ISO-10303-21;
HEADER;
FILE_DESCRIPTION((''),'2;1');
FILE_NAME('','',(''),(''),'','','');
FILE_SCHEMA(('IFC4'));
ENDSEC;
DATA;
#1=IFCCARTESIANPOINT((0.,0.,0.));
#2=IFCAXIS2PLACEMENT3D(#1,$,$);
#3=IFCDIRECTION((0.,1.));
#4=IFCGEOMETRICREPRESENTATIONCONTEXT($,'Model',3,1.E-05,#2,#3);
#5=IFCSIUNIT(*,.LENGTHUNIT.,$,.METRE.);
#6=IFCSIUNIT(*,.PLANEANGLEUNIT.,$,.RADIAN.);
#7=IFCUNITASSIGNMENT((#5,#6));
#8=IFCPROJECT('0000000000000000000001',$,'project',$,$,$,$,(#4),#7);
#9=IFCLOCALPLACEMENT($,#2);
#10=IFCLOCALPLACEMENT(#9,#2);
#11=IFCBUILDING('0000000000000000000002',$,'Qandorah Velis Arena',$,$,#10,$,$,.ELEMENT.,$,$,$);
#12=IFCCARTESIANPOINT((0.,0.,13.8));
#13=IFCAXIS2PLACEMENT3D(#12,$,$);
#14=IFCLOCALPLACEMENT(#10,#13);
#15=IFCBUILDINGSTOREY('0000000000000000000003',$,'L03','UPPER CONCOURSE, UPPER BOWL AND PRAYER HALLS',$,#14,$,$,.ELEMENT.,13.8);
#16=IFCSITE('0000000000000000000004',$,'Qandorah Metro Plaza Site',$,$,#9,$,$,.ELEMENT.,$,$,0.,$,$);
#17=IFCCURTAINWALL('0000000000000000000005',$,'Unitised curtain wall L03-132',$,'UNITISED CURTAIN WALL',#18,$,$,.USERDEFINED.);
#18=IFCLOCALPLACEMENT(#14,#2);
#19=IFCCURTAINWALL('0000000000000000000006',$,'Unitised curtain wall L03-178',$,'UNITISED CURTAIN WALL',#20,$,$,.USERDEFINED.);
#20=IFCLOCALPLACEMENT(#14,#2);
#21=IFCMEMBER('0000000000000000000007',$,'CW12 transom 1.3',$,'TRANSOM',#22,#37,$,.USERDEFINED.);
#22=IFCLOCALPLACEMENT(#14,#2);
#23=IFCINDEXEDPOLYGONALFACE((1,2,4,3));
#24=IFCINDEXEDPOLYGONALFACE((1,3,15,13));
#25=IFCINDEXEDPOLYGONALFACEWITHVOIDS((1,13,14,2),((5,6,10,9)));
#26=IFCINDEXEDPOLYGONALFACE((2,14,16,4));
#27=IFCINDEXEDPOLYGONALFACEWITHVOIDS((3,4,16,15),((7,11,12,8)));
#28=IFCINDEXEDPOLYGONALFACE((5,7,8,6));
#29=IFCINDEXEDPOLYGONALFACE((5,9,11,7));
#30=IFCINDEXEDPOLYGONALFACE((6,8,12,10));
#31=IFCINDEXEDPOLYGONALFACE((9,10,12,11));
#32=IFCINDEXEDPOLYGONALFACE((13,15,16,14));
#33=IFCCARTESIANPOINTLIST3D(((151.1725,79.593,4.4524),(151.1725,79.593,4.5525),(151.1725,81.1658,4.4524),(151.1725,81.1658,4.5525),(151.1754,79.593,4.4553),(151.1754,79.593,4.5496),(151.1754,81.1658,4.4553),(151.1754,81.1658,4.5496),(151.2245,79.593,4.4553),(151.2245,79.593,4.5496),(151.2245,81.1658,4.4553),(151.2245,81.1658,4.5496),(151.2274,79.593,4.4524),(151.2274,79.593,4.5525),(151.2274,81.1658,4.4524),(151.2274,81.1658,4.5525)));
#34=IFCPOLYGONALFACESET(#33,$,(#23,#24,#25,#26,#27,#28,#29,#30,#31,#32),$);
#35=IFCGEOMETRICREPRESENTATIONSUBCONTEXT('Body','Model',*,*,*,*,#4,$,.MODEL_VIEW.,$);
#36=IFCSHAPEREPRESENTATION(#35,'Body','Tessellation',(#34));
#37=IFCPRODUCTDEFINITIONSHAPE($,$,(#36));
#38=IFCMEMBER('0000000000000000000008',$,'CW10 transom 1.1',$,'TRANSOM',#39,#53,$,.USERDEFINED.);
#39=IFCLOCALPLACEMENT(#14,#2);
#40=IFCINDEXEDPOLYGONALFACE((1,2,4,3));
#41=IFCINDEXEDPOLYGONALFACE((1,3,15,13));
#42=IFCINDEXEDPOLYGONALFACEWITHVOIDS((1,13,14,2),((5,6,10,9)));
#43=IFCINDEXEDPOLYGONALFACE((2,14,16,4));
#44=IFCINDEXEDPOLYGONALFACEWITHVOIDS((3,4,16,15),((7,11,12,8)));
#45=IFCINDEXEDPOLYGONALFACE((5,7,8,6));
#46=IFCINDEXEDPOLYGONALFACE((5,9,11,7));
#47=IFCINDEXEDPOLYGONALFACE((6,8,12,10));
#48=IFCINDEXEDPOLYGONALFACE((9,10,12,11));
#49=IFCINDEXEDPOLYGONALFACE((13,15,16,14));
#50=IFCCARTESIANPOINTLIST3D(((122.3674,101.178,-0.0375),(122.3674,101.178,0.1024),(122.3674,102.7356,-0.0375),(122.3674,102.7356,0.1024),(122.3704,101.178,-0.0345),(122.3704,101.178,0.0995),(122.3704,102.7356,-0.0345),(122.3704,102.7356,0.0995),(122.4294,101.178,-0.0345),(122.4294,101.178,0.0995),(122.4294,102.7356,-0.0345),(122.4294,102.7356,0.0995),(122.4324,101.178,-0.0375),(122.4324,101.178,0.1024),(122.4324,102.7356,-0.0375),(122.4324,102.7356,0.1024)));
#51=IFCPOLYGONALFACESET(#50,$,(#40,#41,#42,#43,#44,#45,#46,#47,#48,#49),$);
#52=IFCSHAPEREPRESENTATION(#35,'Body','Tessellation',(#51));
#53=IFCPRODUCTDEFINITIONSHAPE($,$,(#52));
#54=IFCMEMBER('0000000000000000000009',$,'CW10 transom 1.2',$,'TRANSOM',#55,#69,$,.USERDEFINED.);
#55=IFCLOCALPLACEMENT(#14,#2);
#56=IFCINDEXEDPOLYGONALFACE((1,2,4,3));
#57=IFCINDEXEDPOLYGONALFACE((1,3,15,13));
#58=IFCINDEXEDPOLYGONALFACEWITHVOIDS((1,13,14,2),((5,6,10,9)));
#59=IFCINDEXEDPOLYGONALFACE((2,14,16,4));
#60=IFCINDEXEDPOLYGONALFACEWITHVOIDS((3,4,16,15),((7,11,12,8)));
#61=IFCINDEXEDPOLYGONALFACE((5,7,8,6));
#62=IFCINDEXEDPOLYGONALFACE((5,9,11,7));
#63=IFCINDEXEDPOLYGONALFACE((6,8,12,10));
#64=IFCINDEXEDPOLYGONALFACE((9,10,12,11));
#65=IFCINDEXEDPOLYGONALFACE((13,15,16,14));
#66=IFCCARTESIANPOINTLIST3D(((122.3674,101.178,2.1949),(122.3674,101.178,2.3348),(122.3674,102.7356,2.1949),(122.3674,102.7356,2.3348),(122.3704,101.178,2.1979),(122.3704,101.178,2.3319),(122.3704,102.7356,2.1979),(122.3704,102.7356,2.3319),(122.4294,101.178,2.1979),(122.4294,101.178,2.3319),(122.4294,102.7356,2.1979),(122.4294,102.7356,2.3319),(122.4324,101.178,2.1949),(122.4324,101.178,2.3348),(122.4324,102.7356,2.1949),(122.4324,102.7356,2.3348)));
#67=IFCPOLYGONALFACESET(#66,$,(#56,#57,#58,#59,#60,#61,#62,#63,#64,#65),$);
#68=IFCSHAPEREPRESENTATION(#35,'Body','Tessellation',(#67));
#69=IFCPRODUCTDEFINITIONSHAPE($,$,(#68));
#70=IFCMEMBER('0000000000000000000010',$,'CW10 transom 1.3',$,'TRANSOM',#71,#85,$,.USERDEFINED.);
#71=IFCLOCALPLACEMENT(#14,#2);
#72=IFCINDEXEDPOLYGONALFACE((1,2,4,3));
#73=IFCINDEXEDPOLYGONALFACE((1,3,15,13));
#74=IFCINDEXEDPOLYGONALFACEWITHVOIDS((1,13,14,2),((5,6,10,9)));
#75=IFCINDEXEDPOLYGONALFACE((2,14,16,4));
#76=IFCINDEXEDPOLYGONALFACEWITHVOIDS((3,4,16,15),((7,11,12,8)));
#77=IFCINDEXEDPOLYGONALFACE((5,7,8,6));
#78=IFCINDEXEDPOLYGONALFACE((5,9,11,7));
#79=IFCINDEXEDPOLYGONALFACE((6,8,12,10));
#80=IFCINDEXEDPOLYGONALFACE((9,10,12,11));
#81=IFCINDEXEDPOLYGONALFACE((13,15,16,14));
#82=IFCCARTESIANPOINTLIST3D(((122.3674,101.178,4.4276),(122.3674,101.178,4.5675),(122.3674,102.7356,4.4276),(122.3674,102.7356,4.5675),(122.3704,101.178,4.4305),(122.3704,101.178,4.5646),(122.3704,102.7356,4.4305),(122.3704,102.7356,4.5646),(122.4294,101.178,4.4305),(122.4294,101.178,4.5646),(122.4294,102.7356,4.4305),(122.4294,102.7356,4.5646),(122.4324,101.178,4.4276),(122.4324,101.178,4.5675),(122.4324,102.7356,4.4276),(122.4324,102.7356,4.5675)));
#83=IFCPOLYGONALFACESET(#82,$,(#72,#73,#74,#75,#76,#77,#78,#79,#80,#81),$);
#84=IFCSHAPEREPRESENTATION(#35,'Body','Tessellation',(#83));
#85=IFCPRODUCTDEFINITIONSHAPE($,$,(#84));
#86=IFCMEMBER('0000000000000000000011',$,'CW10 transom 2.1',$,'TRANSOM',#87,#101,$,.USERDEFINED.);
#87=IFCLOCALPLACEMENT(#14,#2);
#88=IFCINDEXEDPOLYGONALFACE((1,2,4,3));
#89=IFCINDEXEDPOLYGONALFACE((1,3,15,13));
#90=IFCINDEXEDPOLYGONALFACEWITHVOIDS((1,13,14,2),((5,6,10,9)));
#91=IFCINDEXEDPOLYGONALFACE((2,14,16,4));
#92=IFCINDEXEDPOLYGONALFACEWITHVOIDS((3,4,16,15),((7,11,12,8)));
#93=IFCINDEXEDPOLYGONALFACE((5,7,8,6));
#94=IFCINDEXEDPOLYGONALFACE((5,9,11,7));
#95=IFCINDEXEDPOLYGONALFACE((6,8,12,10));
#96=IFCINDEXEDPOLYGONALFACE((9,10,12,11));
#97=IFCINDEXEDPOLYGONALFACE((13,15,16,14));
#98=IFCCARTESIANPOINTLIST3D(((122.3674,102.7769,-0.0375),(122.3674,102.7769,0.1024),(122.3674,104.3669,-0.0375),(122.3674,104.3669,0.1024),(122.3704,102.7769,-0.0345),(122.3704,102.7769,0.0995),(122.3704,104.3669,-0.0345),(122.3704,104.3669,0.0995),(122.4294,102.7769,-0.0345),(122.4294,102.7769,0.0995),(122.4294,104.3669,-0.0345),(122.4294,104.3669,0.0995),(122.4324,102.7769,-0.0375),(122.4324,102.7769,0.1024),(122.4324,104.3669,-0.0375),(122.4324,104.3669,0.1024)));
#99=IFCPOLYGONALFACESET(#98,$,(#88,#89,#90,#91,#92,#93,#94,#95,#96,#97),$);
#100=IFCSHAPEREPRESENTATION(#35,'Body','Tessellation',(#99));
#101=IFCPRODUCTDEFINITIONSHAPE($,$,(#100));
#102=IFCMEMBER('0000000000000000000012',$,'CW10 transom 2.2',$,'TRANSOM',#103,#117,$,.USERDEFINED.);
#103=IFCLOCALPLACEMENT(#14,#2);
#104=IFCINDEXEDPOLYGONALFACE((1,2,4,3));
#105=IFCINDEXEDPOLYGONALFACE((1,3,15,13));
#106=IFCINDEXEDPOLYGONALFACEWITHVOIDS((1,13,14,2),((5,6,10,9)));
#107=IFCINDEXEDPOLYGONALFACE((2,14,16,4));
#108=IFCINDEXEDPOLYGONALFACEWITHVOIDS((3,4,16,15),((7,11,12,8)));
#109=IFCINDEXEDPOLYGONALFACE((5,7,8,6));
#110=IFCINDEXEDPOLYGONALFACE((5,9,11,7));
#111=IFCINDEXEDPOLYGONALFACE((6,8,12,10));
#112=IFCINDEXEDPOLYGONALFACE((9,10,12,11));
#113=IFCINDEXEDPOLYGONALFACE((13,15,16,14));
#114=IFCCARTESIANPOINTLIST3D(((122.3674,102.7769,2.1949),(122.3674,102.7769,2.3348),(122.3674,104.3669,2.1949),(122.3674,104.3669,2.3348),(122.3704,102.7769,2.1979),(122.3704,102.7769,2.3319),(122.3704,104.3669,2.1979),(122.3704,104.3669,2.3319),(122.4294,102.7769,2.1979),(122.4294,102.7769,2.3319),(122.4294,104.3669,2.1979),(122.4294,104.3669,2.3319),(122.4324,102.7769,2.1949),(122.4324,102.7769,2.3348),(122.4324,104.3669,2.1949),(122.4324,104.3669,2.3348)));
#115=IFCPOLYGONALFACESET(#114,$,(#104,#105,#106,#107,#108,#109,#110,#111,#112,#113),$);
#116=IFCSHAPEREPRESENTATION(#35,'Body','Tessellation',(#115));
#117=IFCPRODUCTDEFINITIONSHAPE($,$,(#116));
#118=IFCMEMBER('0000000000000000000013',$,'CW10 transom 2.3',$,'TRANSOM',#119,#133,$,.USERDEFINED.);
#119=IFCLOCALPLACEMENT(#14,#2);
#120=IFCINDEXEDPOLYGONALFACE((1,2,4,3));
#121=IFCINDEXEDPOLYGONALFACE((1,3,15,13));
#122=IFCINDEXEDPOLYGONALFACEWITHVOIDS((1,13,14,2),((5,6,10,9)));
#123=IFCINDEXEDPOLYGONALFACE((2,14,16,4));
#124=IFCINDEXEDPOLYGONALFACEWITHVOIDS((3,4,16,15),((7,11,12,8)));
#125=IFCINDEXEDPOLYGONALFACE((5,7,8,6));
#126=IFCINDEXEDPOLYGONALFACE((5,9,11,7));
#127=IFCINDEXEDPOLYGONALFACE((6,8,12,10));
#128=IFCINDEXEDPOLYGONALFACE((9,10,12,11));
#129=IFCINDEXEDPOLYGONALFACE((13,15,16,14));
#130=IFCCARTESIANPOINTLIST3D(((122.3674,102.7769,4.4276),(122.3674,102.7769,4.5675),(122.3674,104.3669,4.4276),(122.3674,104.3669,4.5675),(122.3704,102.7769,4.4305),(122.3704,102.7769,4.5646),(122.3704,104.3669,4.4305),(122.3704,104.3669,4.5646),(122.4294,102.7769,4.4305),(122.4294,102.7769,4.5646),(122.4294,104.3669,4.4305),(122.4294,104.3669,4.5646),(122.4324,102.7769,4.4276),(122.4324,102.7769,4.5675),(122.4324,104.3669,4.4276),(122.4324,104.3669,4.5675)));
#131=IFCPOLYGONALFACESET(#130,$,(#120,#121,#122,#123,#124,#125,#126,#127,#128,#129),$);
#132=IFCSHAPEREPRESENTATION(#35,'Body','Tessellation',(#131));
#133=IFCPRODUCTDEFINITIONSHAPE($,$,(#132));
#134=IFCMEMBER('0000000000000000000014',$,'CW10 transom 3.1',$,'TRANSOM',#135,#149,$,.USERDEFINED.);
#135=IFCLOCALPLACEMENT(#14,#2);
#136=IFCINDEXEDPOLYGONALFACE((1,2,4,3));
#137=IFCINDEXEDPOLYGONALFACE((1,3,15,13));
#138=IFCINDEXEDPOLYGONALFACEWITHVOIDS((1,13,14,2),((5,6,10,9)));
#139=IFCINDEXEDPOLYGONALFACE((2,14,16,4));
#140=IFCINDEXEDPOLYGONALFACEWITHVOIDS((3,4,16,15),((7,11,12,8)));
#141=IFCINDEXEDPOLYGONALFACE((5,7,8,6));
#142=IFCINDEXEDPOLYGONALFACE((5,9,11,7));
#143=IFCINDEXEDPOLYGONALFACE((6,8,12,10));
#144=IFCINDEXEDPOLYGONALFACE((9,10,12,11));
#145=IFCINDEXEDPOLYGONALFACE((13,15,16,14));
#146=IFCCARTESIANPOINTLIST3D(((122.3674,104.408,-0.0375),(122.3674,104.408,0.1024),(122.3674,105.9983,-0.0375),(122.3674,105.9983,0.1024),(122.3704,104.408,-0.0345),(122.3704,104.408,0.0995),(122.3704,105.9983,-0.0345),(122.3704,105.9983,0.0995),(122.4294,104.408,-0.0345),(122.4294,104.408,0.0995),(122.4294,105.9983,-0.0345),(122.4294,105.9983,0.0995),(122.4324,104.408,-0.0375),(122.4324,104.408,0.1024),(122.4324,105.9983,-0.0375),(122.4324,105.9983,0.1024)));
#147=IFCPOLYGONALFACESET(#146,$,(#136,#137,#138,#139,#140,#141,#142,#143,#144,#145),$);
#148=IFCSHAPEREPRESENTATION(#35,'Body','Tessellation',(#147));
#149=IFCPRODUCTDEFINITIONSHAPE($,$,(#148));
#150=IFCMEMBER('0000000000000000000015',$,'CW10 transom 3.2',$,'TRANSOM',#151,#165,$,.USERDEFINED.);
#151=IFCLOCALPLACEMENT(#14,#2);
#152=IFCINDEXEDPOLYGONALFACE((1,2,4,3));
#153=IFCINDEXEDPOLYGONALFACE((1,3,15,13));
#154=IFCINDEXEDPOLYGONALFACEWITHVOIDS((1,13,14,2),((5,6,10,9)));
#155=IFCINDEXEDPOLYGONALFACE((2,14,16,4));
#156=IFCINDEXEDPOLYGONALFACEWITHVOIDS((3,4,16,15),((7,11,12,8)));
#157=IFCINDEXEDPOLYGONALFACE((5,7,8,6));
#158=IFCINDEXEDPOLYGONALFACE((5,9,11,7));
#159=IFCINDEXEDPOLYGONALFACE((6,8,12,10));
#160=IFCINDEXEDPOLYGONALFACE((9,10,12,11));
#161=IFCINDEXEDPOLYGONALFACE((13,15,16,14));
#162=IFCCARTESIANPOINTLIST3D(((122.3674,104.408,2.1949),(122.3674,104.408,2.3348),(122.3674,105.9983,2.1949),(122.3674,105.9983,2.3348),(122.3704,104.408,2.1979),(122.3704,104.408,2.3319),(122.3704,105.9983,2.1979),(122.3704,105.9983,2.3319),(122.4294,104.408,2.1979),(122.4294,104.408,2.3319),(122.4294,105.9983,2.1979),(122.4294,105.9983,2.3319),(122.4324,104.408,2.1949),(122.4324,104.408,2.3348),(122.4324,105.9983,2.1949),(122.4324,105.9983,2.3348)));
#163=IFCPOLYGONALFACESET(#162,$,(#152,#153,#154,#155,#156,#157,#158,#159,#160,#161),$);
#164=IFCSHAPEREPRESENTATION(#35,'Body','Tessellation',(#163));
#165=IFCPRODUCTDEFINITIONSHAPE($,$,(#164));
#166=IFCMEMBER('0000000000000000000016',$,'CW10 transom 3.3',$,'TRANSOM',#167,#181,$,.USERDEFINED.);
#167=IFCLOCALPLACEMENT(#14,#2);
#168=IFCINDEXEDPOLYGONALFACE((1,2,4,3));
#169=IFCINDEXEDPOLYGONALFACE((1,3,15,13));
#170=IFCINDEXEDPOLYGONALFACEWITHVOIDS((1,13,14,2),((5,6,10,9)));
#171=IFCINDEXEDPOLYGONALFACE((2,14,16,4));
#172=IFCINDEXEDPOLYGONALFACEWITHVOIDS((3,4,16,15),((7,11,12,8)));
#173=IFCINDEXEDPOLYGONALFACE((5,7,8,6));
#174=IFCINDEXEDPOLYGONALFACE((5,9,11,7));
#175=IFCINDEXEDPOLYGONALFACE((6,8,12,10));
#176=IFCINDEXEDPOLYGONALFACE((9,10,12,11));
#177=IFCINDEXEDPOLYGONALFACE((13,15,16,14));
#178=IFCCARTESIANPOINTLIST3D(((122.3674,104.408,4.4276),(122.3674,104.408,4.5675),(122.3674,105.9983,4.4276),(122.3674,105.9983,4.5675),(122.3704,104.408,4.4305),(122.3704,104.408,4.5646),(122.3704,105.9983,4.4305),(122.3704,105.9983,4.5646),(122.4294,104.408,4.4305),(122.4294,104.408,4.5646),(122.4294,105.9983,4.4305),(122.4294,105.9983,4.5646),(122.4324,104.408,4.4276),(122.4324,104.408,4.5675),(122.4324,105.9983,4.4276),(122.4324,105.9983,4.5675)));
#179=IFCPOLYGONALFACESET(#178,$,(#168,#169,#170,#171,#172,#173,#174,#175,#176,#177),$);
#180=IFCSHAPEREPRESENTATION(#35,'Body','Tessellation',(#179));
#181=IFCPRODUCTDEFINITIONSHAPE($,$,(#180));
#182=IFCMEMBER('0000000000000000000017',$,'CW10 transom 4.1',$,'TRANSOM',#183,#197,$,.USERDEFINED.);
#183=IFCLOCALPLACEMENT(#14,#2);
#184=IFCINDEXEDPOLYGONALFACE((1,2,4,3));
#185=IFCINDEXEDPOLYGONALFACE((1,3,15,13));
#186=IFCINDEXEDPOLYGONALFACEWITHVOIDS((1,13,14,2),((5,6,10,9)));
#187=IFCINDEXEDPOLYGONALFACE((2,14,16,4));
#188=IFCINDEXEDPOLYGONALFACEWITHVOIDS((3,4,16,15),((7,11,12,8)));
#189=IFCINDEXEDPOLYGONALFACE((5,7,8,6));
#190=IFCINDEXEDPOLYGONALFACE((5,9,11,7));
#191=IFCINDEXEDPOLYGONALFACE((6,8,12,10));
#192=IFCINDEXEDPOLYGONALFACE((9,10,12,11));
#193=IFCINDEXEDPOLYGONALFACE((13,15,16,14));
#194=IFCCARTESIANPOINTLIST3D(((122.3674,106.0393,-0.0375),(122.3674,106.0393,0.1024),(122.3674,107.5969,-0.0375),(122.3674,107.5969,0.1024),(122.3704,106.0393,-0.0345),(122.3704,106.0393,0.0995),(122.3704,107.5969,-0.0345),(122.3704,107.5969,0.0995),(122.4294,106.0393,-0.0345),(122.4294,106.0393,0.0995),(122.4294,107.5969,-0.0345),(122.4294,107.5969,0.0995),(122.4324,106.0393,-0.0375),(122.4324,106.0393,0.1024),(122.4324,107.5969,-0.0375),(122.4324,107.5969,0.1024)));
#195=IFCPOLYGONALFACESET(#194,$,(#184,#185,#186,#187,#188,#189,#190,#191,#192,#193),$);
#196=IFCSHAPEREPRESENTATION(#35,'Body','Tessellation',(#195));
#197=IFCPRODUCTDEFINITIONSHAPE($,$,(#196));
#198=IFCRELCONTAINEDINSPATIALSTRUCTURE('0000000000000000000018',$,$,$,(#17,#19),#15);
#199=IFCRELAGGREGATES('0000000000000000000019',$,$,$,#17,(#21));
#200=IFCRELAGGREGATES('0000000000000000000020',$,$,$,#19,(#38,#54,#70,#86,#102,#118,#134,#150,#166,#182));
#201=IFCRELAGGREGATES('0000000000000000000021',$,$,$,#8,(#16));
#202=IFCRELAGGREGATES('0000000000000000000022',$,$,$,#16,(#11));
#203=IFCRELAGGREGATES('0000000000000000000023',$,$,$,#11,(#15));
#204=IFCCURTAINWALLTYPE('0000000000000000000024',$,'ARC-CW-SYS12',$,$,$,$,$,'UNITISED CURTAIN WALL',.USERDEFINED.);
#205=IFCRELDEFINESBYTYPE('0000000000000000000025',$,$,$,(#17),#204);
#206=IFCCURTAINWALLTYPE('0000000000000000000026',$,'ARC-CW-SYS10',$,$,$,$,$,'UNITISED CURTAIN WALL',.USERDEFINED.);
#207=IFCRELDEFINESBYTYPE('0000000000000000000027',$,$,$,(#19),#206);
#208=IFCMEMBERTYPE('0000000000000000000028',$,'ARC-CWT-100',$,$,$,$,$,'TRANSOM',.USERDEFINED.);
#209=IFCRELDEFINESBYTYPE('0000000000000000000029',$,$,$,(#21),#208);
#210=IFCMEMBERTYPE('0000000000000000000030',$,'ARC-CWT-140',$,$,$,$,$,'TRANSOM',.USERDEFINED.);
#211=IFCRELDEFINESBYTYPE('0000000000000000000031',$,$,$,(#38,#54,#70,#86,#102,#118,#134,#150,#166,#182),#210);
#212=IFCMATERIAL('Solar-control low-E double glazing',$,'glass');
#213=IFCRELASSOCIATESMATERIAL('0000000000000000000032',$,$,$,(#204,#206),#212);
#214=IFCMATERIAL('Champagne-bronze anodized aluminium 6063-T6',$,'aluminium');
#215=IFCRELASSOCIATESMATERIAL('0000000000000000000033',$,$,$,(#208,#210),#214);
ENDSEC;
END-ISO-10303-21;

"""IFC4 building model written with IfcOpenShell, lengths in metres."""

from ifc_helpers import new_model, si_unit, direction, frame, origin, origin_2d, place, context, subcontext, project, spatial, hollow_rectangle, extrude, material, material_profile, profile_set, type_object, element, aggregate, save


model = new_model("IFC4")

# Units and contexts
model_context = context("Model", 3, precision=1e-05, world=origin(), true_north=direction((0.0, 1.0)))
body_context = subcontext(model_context, "Body", "Model", "MODEL_VIEW")
ifc_project = project(units=[si_unit("LENGTHUNIT", "METRE"), si_unit("PLANEANGLEUNIT", "RADIAN")], contexts=[model_context])

# Site, building, storey
site_placement = place(None, origin())
site = spatial("IfcSite", under=ifc_project, at=site_placement, Name="Qandorah Metro Plaza Site", CompositionType="ELEMENT", RefElevation=0.0)
building_placement = place(site_placement, origin())
building = spatial("IfcBuilding", under=site, at=building_placement, Name="Qandorah Velis Arena", CompositionType="ELEMENT")
storey_placement = place(building_placement, frame((0.0, 0.0, 13.8)))
storey = spatial("IfcBuildingStorey", under=building, at=storey_placement, Name="L03", Description="UPPER CONCOURSE, UPPER BOWL AND PRAYER HALLS", CompositionType="ELEMENT", Elevation=13.8)

# Curtain wall
ifc_material_1 = material(Name="Solar-control low-E double glazing", Category="glass")
curtain_wall_type_1 = type_object("IfcCurtainWallType", Name="ARC-CW-SYS12", ElementType="UNITISED CURTAIN WALL", PredefinedType="USERDEFINED", material=ifc_material_1)
curtain_wall_1_placement = place(storey_placement, origin())
curtain_wall_1 = element("IfcCurtainWall", 1, at=curtain_wall_1_placement, inside=storey, type_object=curtain_wall_type_1, Name="Unitised curtain wall L03-132", ObjectType="UNITISED CURTAIN WALL", PredefinedType="USERDEFINED")
ifc_material_2 = material(Name="Champagne-bronze anodized aluminium 6063-T6", Category="aluminium")

# Curtain wall
curtain_wall_type_2 = type_object("IfcCurtainWallType", Name="ARC-CW-SYS10", ElementType="UNITISED CURTAIN WALL", PredefinedType="USERDEFINED", material=ifc_material_1)
curtain_wall_2_placement = place(storey_placement, origin())
curtain_wall_2 = element("IfcCurtainWall", 2, at=curtain_wall_2_placement, inside=storey, type_object=curtain_wall_type_2, Name="Unitised curtain wall L03-178", ObjectType="UNITISED CURTAIN WALL", PredefinedType="USERDEFINED")

# Members
ifc_material_profile_1 = material_profile(ifc_material_2, hollow_rectangle(XDim=0.0549, YDim=0.1001, WallThickness=0.0029, at=origin_2d()), Name="ALU TRANSOM 55x100")
ifc_profile_set_1 = profile_set([ifc_material_profile_1], Name="Champagne-bronze anodized aluminium 6063-T6")
member_type_1 = type_object("IfcMemberType", Name="ARC-CWT-100", ElementType="TRANSOM", PredefinedType="USERDEFINED", material=ifc_profile_set_1)
member_1_placement = place(storey_placement, frame((151.2, 79.593, 4.5024), z_axis=(0.0, 1.0, 0.0), x_axis=(-1.0, 0.0, 0.0)))
member_1 = element("IfcMember", 3, at=member_1_placement, type_object=member_type_1, Name="CW12 transom 1.3", ObjectType="TRANSOM", PredefinedType="USERDEFINED", context=body_context, shape_type="SweptSolid", body=[
    extrude(hollow_rectangle(XDim=0.0549, YDim=0.1001, WallThickness=0.0029, at=origin_2d()), origin(), (0.0, 0.0, 1.0), 1.5728),
])
aggregate(curtain_wall_1, [member_1])
ifc_material_profile_2 = material_profile(ifc_material_2, hollow_rectangle(XDim=0.0649, YDim=0.1399, WallThickness=0.0029, at=origin_2d()), Name="ALU TRANSOM 65x140")
ifc_profile_set_2 = profile_set([ifc_material_profile_2], Name="Champagne-bronze anodized aluminium 6063-T6")
member_type_2 = type_object("IfcMemberType", Name="ARC-CWT-140", ElementType="TRANSOM", PredefinedType="USERDEFINED", material=ifc_profile_set_2)
member_2_placement = place(storey_placement, frame((122.3999, 101.178, 0.0325), z_axis=(0.0, 1.0, 0.0), x_axis=(-1.0, 0.0, 0.0)))
member_2 = element("IfcMember", 4, at=member_2_placement, type_object=member_type_2, Name="CW10 transom 1.1", ObjectType="TRANSOM", PredefinedType="USERDEFINED", context=body_context, shape_type="SweptSolid", body=[
    extrude(hollow_rectangle(XDim=0.0649, YDim=0.1399, WallThickness=0.0029, at=origin_2d()), origin(), (0.0, 0.0, 1.0), 1.5576),
])
member_3_placement = place(storey_placement, frame((122.3999, 101.178, 2.2649), z_axis=(0.0, 1.0, 0.0), x_axis=(-1.0, 0.0, 0.0)))
member_3 = element("IfcMember", 5, at=member_3_placement, type_object=member_type_2, Name="CW10 transom 1.2", ObjectType="TRANSOM", PredefinedType="USERDEFINED", context=body_context, shape_type="SweptSolid", body=[
    extrude(hollow_rectangle(XDim=0.0649, YDim=0.1399, WallThickness=0.0029, at=origin_2d()), origin(), (0.0, 0.0, 1.0), 1.5576),
])
member_4_placement = place(storey_placement, frame((122.3999, 101.178, 4.4976), z_axis=(0.0, 1.0, 0.0), x_axis=(-1.0, 0.0, 0.0)))
member_4 = element("IfcMember", 6, at=member_4_placement, type_object=member_type_2, Name="CW10 transom 1.3", ObjectType="TRANSOM", PredefinedType="USERDEFINED", context=body_context, shape_type="SweptSolid", body=[
    extrude(hollow_rectangle(XDim=0.0649, YDim=0.1399, WallThickness=0.0029, at=origin_2d()), origin(), (0.0, 0.0, 1.0), 1.5576),
])
member_5_placement = place(storey_placement, frame((122.3999, 102.7769, 0.0325), z_axis=(0.0, 1.0, 0.0), x_axis=(-1.0, 0.0, 0.0)))
member_5 = element("IfcMember", 7, at=member_5_placement, type_object=member_type_2, Name="CW10 transom 2.1", ObjectType="TRANSOM", PredefinedType="USERDEFINED", context=body_context, shape_type="SweptSolid", body=[
    extrude(hollow_rectangle(XDim=0.0649, YDim=0.1399, WallThickness=0.0029, at=origin_2d()), origin(), (0.0, 0.0, 1.0), 1.5901),
])
member_6_placement = place(storey_placement, frame((122.3999, 102.7769, 2.2649), z_axis=(0.0, 1.0, 0.0), x_axis=(-1.0, 0.0, 0.0)))
member_6 = element("IfcMember", 8, at=member_6_placement, type_object=member_type_2, Name="CW10 transom 2.2", ObjectType="TRANSOM", PredefinedType="USERDEFINED", context=body_context, shape_type="SweptSolid", body=[
    extrude(hollow_rectangle(XDim=0.0649, YDim=0.1399, WallThickness=0.0029, at=origin_2d()), origin(), (0.0, 0.0, 1.0), 1.5901),
])
member_7_placement = place(storey_placement, frame((122.3999, 102.7769, 4.4976), z_axis=(0.0, 1.0, 0.0), x_axis=(-1.0, 0.0, 0.0)))
member_7 = element("IfcMember", 9, at=member_7_placement, type_object=member_type_2, Name="CW10 transom 2.3", ObjectType="TRANSOM", PredefinedType="USERDEFINED", context=body_context, shape_type="SweptSolid", body=[
    extrude(hollow_rectangle(XDim=0.0649, YDim=0.1399, WallThickness=0.0029, at=origin_2d()), origin(), (0.0, 0.0, 1.0), 1.5901),
])
member_8_placement = place(storey_placement, frame((122.3999, 104.408, 0.0325), z_axis=(0.0, 1.0, 0.0), x_axis=(-1.0, 0.0, 0.0)))
member_8 = element("IfcMember", 10, at=member_8_placement, type_object=member_type_2, Name="CW10 transom 3.1", ObjectType="TRANSOM", PredefinedType="USERDEFINED", context=body_context, shape_type="SweptSolid", body=[
    extrude(hollow_rectangle(XDim=0.0649, YDim=0.1399, WallThickness=0.0029, at=origin_2d()), origin(), (0.0, 0.0, 1.0), 1.5903),
])
member_9_placement = place(storey_placement, frame((122.3999, 104.408, 2.2649), z_axis=(0.0, 1.0, 0.0), x_axis=(-1.0, 0.0, 0.0)))
member_9 = element("IfcMember", 11, at=member_9_placement, type_object=member_type_2, Name="CW10 transom 3.2", ObjectType="TRANSOM", PredefinedType="USERDEFINED", context=body_context, shape_type="SweptSolid", body=[
    extrude(hollow_rectangle(XDim=0.0649, YDim=0.1399, WallThickness=0.0029, at=origin_2d()), origin(), (0.0, 0.0, 1.0), 1.5903),
])
member_10_placement = place(storey_placement, frame((122.3999, 104.408, 4.4976), z_axis=(0.0, 1.0, 0.0), x_axis=(-1.0, 0.0, 0.0)))
member_10 = element("IfcMember", 12, at=member_10_placement, type_object=member_type_2, Name="CW10 transom 3.3", ObjectType="TRANSOM", PredefinedType="USERDEFINED", context=body_context, shape_type="SweptSolid", body=[
    extrude(hollow_rectangle(XDim=0.0649, YDim=0.1399, WallThickness=0.0029, at=origin_2d()), origin(), (0.0, 0.0, 1.0), 1.5903),
])
member_11_placement = place(storey_placement, frame((122.3999, 106.0393, 0.0325), z_axis=(0.0, 1.0, 0.0), x_axis=(-1.0, 0.0, 0.0)))
member_11 = element("IfcMember", 13, at=member_11_placement, type_object=member_type_2, Name="CW10 transom 4.1", ObjectType="TRANSOM", PredefinedType="USERDEFINED", context=body_context, shape_type="SweptSolid", body=[
    extrude(hollow_rectangle(XDim=0.0649, YDim=0.1399, WallThickness=0.0029, at=origin_2d()), origin(), (0.0, 0.0, 1.0), 1.5576),
])

aggregate(curtain_wall_2, [member_2, member_3, member_4, member_5, member_6, member_7, member_8, member_9, member_10, member_11])

save(model, "model.ifc")
